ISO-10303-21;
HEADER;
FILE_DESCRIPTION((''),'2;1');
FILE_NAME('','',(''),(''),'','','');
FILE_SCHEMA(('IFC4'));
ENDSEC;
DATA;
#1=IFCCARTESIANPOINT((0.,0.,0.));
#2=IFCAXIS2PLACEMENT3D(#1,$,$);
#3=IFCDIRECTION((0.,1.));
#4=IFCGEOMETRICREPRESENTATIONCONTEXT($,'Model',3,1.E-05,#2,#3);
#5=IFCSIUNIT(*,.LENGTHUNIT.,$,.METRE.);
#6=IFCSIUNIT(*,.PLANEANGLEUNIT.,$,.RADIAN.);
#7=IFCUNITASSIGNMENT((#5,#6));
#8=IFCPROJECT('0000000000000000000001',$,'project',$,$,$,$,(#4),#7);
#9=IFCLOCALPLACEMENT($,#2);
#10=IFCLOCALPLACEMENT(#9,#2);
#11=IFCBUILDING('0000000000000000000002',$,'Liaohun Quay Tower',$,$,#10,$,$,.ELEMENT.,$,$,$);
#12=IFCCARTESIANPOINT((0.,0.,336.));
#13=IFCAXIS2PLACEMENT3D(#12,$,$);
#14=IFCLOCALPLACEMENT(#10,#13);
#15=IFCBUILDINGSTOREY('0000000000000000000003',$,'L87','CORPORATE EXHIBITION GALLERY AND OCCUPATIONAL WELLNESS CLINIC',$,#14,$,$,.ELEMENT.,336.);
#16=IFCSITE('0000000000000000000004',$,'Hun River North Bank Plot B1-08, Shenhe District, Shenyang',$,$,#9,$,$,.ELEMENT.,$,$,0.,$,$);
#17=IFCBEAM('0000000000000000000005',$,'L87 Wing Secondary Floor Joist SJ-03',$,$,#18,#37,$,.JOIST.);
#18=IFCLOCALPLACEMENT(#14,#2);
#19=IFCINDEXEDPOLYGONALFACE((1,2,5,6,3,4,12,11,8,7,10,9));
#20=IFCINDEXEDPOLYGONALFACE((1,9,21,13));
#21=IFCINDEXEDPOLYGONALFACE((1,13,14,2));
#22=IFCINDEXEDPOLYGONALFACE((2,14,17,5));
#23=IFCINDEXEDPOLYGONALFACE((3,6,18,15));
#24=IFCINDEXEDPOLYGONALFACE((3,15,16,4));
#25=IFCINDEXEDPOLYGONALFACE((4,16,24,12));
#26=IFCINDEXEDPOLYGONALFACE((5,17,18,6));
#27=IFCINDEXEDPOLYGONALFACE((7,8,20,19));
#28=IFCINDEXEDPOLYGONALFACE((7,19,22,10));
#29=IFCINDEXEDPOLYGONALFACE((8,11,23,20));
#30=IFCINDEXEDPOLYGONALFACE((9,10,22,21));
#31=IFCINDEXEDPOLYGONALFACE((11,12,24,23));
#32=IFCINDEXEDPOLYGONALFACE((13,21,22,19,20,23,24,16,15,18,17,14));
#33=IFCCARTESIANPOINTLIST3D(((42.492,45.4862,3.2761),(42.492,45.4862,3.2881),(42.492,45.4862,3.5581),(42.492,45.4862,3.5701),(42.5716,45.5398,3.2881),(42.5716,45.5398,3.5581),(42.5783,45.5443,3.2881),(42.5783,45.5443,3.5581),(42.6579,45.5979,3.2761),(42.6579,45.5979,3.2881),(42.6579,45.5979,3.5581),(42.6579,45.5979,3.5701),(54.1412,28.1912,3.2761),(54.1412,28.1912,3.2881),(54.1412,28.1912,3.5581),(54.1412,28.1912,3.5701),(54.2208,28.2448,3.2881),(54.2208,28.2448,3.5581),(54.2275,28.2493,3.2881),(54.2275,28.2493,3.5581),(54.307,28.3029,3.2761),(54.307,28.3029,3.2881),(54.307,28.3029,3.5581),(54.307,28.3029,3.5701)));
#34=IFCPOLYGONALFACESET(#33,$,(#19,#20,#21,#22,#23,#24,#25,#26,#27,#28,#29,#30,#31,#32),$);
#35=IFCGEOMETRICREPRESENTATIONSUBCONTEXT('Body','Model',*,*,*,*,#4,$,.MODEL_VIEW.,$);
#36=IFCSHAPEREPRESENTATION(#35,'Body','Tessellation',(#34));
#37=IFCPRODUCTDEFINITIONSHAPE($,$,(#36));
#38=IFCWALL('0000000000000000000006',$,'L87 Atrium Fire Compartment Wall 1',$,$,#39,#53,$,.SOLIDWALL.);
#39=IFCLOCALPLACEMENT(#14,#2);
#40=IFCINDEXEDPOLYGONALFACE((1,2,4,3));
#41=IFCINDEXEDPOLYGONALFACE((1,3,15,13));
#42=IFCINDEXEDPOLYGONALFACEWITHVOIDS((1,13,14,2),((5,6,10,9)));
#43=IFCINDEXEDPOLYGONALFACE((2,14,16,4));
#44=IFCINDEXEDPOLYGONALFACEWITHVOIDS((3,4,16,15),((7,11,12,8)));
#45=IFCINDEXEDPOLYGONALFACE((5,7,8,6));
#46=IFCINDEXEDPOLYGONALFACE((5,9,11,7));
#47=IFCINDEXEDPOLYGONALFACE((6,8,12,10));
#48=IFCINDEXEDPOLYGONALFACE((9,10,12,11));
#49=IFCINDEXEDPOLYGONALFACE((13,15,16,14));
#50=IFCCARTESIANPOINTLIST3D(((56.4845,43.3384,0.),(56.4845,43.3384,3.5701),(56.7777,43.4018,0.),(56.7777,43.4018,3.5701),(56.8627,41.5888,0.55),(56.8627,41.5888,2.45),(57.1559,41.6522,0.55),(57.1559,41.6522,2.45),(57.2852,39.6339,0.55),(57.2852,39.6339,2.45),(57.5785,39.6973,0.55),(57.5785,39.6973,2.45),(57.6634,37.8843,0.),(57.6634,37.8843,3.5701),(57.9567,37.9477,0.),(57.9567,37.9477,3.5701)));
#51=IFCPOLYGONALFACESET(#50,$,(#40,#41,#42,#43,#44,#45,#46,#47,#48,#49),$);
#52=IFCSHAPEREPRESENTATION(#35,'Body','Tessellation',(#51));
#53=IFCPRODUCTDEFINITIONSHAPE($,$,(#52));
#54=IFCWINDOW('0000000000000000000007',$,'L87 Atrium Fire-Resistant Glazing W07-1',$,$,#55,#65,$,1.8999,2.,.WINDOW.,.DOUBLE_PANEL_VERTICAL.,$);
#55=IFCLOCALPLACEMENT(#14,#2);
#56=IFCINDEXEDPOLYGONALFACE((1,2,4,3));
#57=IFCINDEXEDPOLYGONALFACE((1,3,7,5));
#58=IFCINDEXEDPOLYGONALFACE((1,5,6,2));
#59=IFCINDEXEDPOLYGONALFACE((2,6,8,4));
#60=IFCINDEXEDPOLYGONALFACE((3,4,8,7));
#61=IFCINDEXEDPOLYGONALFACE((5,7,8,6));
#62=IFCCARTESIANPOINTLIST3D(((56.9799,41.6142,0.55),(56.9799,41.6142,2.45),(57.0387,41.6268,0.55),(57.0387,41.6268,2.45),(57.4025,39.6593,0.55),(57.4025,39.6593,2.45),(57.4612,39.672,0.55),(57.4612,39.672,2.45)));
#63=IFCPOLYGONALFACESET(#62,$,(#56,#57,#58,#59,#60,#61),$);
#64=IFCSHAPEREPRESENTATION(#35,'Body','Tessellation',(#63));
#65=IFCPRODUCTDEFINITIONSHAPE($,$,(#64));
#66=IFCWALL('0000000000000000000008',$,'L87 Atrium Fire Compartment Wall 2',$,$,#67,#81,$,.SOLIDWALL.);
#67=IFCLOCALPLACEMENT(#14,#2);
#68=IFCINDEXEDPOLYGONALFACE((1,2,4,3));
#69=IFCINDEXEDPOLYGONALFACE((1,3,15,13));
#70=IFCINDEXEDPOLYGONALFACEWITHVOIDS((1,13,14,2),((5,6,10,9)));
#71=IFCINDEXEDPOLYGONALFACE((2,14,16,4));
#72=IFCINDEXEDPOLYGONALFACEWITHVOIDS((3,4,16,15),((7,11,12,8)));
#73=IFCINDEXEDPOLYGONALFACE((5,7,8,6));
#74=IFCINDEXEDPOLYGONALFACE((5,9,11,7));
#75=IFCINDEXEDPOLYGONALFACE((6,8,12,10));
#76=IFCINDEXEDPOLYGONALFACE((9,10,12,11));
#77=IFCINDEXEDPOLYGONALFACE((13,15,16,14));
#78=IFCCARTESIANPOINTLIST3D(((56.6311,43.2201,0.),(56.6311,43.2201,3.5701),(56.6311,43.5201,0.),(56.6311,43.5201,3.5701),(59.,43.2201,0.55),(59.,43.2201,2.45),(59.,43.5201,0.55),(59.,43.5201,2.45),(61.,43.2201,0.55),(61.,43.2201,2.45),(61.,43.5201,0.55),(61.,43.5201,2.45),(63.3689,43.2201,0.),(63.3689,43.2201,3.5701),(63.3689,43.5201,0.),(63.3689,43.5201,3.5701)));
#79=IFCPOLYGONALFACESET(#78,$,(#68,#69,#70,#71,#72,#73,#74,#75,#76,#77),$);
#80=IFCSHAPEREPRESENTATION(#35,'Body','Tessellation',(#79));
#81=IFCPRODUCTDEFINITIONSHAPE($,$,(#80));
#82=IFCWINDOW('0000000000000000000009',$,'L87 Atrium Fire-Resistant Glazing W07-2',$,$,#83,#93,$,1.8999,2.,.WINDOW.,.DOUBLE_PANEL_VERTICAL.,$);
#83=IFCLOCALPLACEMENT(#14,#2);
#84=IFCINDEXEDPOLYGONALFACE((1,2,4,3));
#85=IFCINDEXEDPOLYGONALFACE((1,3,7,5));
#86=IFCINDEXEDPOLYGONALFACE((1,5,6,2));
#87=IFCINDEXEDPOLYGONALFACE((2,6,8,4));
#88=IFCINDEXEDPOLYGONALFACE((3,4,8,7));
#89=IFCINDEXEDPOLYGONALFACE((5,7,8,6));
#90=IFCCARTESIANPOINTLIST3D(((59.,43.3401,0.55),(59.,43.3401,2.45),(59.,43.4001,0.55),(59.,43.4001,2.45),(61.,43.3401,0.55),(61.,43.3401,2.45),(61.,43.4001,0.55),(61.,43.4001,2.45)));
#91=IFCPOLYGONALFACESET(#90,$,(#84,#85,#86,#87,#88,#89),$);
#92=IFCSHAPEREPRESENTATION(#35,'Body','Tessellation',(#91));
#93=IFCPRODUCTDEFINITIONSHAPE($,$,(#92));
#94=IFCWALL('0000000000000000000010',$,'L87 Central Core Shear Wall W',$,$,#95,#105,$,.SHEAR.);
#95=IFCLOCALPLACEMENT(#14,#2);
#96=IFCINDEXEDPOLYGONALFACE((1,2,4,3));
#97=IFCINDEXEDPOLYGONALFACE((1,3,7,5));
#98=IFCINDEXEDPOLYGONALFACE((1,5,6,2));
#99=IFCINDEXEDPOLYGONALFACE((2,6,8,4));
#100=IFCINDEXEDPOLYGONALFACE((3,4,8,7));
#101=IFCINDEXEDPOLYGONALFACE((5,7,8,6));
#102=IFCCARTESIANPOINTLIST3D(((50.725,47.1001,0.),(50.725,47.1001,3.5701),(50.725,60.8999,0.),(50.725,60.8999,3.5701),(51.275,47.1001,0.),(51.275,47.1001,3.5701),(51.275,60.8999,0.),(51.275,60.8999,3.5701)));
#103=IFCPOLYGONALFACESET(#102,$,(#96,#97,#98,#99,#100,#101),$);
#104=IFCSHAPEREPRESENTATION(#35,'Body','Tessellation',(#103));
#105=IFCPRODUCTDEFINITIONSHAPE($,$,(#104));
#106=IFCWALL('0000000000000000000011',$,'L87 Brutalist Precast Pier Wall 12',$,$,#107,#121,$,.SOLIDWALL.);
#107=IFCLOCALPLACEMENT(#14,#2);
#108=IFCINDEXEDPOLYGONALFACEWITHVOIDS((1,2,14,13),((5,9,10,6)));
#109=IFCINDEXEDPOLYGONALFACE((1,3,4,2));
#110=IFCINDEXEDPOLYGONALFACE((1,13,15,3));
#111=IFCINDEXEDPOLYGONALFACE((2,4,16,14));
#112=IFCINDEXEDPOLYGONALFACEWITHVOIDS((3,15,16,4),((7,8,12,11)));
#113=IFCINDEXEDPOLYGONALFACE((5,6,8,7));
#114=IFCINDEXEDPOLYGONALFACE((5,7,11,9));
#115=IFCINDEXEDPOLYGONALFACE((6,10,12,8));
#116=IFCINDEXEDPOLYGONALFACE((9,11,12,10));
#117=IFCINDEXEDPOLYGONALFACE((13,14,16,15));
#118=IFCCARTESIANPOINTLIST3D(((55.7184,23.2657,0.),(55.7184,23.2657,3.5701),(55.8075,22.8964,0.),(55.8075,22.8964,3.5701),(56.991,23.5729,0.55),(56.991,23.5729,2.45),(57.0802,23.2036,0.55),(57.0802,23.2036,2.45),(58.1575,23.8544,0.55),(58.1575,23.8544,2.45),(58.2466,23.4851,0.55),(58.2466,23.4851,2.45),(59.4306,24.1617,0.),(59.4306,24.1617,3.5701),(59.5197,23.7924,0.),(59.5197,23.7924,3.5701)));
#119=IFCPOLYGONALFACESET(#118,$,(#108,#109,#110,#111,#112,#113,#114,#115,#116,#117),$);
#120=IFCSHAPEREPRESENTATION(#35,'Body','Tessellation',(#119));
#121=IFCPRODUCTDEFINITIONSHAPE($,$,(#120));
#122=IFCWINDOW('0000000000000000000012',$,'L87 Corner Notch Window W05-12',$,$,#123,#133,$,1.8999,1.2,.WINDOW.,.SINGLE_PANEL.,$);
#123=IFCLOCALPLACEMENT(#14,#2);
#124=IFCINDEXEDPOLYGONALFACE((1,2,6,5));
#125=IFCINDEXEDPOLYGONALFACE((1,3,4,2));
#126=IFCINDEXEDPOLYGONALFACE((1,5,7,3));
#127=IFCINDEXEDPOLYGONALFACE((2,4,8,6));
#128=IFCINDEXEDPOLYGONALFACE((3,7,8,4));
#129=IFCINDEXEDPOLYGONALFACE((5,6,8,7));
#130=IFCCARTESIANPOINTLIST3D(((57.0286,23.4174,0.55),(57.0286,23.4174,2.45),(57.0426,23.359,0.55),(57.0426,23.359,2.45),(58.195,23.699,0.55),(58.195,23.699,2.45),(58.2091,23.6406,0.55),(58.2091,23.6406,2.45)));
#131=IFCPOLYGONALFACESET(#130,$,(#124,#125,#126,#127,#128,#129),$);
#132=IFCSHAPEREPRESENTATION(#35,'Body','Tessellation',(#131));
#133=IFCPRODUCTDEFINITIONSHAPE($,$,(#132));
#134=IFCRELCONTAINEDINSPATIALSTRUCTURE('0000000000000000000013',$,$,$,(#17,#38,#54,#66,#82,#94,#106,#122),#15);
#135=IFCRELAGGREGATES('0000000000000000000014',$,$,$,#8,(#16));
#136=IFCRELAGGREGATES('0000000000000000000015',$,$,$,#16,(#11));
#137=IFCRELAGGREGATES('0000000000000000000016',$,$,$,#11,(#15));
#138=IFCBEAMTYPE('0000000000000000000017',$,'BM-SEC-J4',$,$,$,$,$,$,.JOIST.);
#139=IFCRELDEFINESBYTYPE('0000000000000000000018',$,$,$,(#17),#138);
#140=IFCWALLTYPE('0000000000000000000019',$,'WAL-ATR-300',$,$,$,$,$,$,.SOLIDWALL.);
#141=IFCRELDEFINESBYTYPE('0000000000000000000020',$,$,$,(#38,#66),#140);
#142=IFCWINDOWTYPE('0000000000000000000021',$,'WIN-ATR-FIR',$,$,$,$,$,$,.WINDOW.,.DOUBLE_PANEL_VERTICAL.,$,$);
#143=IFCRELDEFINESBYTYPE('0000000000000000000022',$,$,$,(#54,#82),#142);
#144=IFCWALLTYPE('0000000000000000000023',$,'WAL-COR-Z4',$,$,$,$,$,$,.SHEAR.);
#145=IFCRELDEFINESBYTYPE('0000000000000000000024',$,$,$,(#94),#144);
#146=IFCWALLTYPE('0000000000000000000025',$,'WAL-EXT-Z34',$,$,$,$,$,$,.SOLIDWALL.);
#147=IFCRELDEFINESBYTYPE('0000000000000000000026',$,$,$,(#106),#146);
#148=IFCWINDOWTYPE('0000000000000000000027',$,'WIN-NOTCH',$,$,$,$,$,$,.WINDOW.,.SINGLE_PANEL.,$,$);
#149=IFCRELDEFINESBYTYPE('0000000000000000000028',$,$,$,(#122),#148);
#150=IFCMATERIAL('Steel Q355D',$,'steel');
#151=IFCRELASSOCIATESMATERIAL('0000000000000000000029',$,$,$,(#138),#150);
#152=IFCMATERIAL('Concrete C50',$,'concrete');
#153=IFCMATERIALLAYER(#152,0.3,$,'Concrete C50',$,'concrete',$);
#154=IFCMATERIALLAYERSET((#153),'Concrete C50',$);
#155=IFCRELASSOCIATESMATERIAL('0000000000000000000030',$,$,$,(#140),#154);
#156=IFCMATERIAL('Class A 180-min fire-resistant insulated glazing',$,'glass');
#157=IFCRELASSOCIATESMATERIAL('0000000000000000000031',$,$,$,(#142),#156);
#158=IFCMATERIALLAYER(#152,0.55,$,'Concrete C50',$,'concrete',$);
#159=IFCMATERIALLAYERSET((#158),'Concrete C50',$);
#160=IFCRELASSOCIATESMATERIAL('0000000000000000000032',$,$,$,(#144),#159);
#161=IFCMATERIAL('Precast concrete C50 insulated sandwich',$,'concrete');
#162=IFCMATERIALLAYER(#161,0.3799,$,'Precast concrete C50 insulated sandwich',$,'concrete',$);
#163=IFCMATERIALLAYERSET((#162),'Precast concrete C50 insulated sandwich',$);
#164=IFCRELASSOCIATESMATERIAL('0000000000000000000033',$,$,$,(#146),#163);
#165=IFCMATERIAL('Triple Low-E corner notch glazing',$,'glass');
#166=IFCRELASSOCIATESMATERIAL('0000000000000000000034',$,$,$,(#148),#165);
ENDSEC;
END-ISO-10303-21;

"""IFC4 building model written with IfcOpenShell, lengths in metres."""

from ifc_helpers import new_model, si_unit, direction, frame, frame_2d, origin, origin_2d, place, context, subcontext, project, spatial, rectangle, i_section, extrude, source, transform, mapped, material, layer, layer_set, material_profile, profile_set, type_object, element, fill, save


model = new_model("IFC4")

# Units and contexts
model_context = context("Model", 3, precision=1e-05, world=origin(), true_north=direction((0.0, 1.0)))
body_context = subcontext(model_context, "Body", "Model", "MODEL_VIEW")
ifc_project = project(units=[si_unit("LENGTHUNIT", "METRE"), si_unit("PLANEANGLEUNIT", "RADIAN")], contexts=[model_context])

# Site, building, storey
site_placement = place(None, origin())
site = spatial("IfcSite", under=ifc_project, at=site_placement, Name="Hun River North Bank Plot B1-08, Shenhe District, Shenyang", CompositionType="ELEMENT", RefElevation=0.0)
building_placement = place(site_placement, origin())
building = spatial("IfcBuilding", under=site, at=building_placement, Name="Liaohun Quay Tower", CompositionType="ELEMENT")
storey_placement = place(building_placement, frame((0.0, 0.0, 336.0)))
storey = spatial("IfcBuildingStorey", under=building, at=storey_placement, Name="L87", Description="CORPORATE EXHIBITION GALLERY AND OCCUPATIONAL WELLNESS CLINIC", CompositionType="ELEMENT", Elevation=336.0)

# Shared definitions
ifc_material_1 = material(Name="Concrete C50", Category="concrete")

# Beam
ifc_material_2 = material(Name="Steel Q355D", Category="steel")
ifc_material_profile_1 = material_profile(ifc_material_2, i_section(OverallWidth=0.2, OverallDepth=0.2939, WebThickness=0.0081, FlangeThickness=0.012, at=origin_2d()), Name="HM294x200x8x12")
ifc_profile_set_1 = profile_set([ifc_material_profile_1], Name="Steel Q355D")
beam_type_1 = type_object("IfcBeamType", Name="BM-SEC-J4", PredefinedType="JOIST", material=ifc_profile_set_1)
shared_shape_1 = source(origin(), body_context, "Body", "SweptSolid", [
    extrude(i_section(OverallWidth=0.2, OverallDepth=0.2939, WebThickness=0.0081, FlangeThickness=0.012, at=origin_2d()), origin(), (0.0, 0.0, 1.0), 20.8523),
])
beam_1_placement = place(storey_placement, frame((54.2241, 28.2471, 3.4231), z_axis=(-0.558652, 0.829402, 0.0), x_axis=(-0.829402, -0.558652, 0.0)))
element("IfcBeam", 1, at=beam_1_placement, inside=storey, type_object=beam_type_1, Name="L87 Wing Secondary Floor Joist SJ-03", PredefinedType="JOIST", context=body_context, shape_type="MappedRepresentation", body=[
    mapped(shared_shape_1, transform((0.0, 0.0, 0.0), x_axis=(1.0, 0.0, 0.0), y_axis=(0.0, 1.0, 0.0), z_axis=(0.0, 0.0, 1.0), scale=1.0)),
])

# Walls, openings, windows
ifc_layer_1 = layer(ifc_material_1, 0.3, Name="Concrete C50", Category="concrete")
ifc_layer_set_1 = layer_set([ifc_layer_1], Name="Concrete C50")
wall_type_1 = type_object("IfcWallType", Name="WAL-ATR-300", PredefinedType="SOLIDWALL", material=ifc_layer_set_1)
wall_1_placement = place(storey_placement, frame((57.8101, 37.916, 0.0), z_axis=(0.0, 0.0, 1.0), x_axis=(-0.21128, 0.977426, 0.0)))
wall_1 = element("IfcWall", 2, at=wall_1_placement, inside=storey, type_object=wall_type_1, Name="L87 Atrium Fire Compartment Wall 1", PredefinedType="SOLIDWALL", context=body_context, shape_type="SweptSolid", body=[
    extrude(rectangle(XDim=5.5801, YDim=0.3, at=frame_2d((2.79, 0.0))), origin(), (0.0, 0.0, 1.0), 3.5701),
])
shared_shape_2 = source(origin(), body_context, "Body", "SweptSolid", [
    extrude(rectangle(XDim=2.0, YDim=1.8999, at=frame_2d((1.0, 0.95))), frame((0.0, 0.1599, 0.0), z_axis=(0.0, -1.0, 0.0), x_axis=(1.0, 0.0, 0.0)), (0.0, 0.0, 1.0), 0.3201),
])
opening_1_placement = place(wall_1_placement, frame((1.79, 0.0, 0.55)))
opening_1 = element("IfcOpeningElement", 3, at=opening_1_placement, cuts=wall_1, PredefinedType="OPENING", context=body_context, shape_type="MappedRepresentation", body=[
    mapped(shared_shape_2, transform((0.0, 0.0, 0.0), x_axis=(1.0, 0.0, 0.0), y_axis=(0.0, 1.0, 0.0), z_axis=(0.0, 0.0, 1.0), scale=1.0)),
])
ifc_material_3 = material(Name="Class A 180-min fire-resistant insulated glazing", Category="glass")
window_type_1 = type_object("IfcWindowType", Name="WIN-ATR-FIR", PartitioningType="DOUBLE_PANEL_VERTICAL", PredefinedType="WINDOW", material=ifc_material_3)
shared_shape_3 = source(origin(), body_context, "Body", "SweptSolid", [
    extrude(rectangle(XDim=2.0, YDim=1.8999, at=frame_2d((1.0, 0.95))), frame((0.0, 0.03, 0.0), z_axis=(0.0, -1.0, 0.0), x_axis=(1.0, 0.0, 0.0)), (0.0, 0.0, 1.0), 0.0601),
])
window_1_placement = place(opening_1_placement, origin())
window_1 = element("IfcWindow", 4, at=window_1_placement, inside=storey, type_object=window_type_1, Name="L87 Atrium Fire-Resistant Glazing W07-1", OverallHeight=1.8999, OverallWidth=2.0, PartitioningType="DOUBLE_PANEL_VERTICAL", PredefinedType="WINDOW", context=body_context, shape_type="MappedRepresentation", body=[
    mapped(shared_shape_3, transform((0.0, 0.0, 0.0), x_axis=(1.0, 0.0, 0.0), y_axis=(0.0, 1.0, 0.0), z_axis=(0.0, 0.0, 1.0), scale=1.0)),
])
fill(opening_1, window_1)
wall_2_placement = place(storey_placement, frame((56.6311, 43.3701, 0.0), z_axis=(0.0, 0.0, 1.0), x_axis=(1.0, 0.0, 0.0)))
wall_2 = element("IfcWall", 5, at=wall_2_placement, inside=storey, type_object=wall_type_1, Name="L87 Atrium Fire Compartment Wall 2", PredefinedType="SOLIDWALL", context=body_context, shape_type="SweptSolid", body=[
    extrude(rectangle(XDim=6.7378, YDim=0.3, at=frame_2d((3.3689, 0.0))), origin(), (0.0, 0.0, 1.0), 3.5701),
])
opening_2_placement = place(wall_2_placement, frame((2.3689, 0.0, 0.55)))
opening_2 = element("IfcOpeningElement", 6, at=opening_2_placement, cuts=wall_2, PredefinedType="OPENING", context=body_context, shape_type="MappedRepresentation", body=[
    mapped(shared_shape_2, transform((0.0, 0.0, 0.0), x_axis=(1.0, 0.0, 0.0), y_axis=(0.0, 1.0, 0.0), z_axis=(0.0, 0.0, 1.0), scale=1.0)),
])
window_2_placement = place(opening_2_placement, origin())
window_2 = element("IfcWindow", 7, at=window_2_placement, inside=storey, type_object=window_type_1, Name="L87 Atrium Fire-Resistant Glazing W07-2", OverallHeight=1.8999, OverallWidth=2.0, PartitioningType="DOUBLE_PANEL_VERTICAL", PredefinedType="WINDOW", context=body_context, shape_type="MappedRepresentation", body=[
    mapped(shared_shape_3, transform((0.0, 0.0, 0.0), x_axis=(1.0, 0.0, 0.0), y_axis=(0.0, 1.0, 0.0), z_axis=(0.0, 0.0, 1.0), scale=1.0)),
])
fill(opening_2, window_2)

# Wall
ifc_layer_2 = layer(ifc_material_1, 0.55, Name="Concrete C50", Category="concrete")
ifc_layer_set_2 = layer_set([ifc_layer_2], Name="Concrete C50")
wall_type_2 = type_object("IfcWallType", Name="WAL-COR-Z4", PredefinedType="SHEAR", material=ifc_layer_set_2)
wall_3_placement = place(storey_placement, frame((51.0, 47.1001, 0.0), z_axis=(0.0, 0.0, 1.0), x_axis=(0.0, 1.0, 0.0)))
element("IfcWall", 8, at=wall_3_placement, inside=storey, type_object=wall_type_2, Name="L87 Central Core Shear Wall W", PredefinedType="SHEAR", context=body_context, shape_type="SweptSolid", body=[
    extrude(rectangle(XDim=13.7998, YDim=0.55, at=frame_2d((6.8999, 0.0))), origin(), (0.0, 0.0, 1.0), 3.5701),
])

# Wall, opening, window
ifc_material_4 = material(Name="Precast concrete C50 insulated sandwich", Category="concrete")
ifc_layer_3 = layer(ifc_material_4, 0.3799, Name="Precast concrete C50 insulated sandwich", Category="concrete")
ifc_layer_set_3 = layer_set([ifc_layer_3], Name="Precast concrete C50 insulated sandwich")
wall_type_3 = type_object("IfcWallType", Name="WAL-EXT-Z34", PredefinedType="SOLIDWALL", material=ifc_layer_set_3)
wall_4_placement = place(storey_placement, frame((55.7629, 23.0811, 0.0), z_axis=(0.0, 0.0, 1.0), x_axis=(0.972085, 0.23463, 0.0)))
wall_4 = element("IfcWall", 9, at=wall_4_placement, inside=storey, type_object=wall_type_3, Name="L87 Brutalist Precast Pier Wall 12", PredefinedType="SOLIDWALL", context=body_context, shape_type="SweptSolid", body=[
    extrude(rectangle(XDim=3.8188, YDim=0.3799, at=frame_2d((1.9094, 0.0))), origin(), (0.0, 0.0, 1.0), 3.5701),
])
shared_shape_4 = source(origin(), body_context, "Body", "SweptSolid", [
    extrude(rectangle(XDim=1.2, YDim=1.8999, at=frame_2d((0.6001, 0.95))), frame((0.0, 0.2, 0.0), z_axis=(0.0, -1.0, 0.0), x_axis=(1.0, 0.0, 0.0)), (0.0, 0.0, 1.0), 0.3999),
])
opening_3_placement = place(wall_4_placement, frame((1.3091, 0.0, 0.55)))
opening_3 = element("IfcOpeningElement", 10, at=opening_3_placement, cuts=wall_4, PredefinedType="OPENING", context=body_context, shape_type="MappedRepresentation", body=[
    mapped(shared_shape_4, transform((0.0, 0.0, 0.0), x_axis=(1.0, 0.0, 0.0), y_axis=(0.0, 1.0, 0.0), z_axis=(0.0, 0.0, 1.0), scale=1.0)),
])
ifc_material_5 = material(Name="Triple Low-E corner notch glazing", Category="glass")
window_type_2 = type_object("IfcWindowType", Name="WIN-NOTCH", PartitioningType="SINGLE_PANEL", PredefinedType="WINDOW", material=ifc_material_5)
shared_shape_5 = source(origin(), body_context, "Body", "SweptSolid", [
    extrude(rectangle(XDim=1.2, YDim=1.8999, at=frame_2d((0.6001, 0.95))), frame((0.0, 0.03, 0.0), z_axis=(0.0, -1.0, 0.0), x_axis=(1.0, 0.0, 0.0)), (0.0, 0.0, 1.0), 0.0601),
])
window_3_placement = place(opening_3_placement, origin())
window_3 = element("IfcWindow", 11, at=window_3_placement, inside=storey, type_object=window_type_2, Name="L87 Corner Notch Window W05-12", OverallHeight=1.8999, OverallWidth=1.2, PartitioningType="SINGLE_PANEL", PredefinedType="WINDOW", context=body_context, shape_type="MappedRepresentation", body=[
    mapped(shared_shape_5, transform((0.0, 0.0, 0.0), x_axis=(1.0, 0.0, 0.0), y_axis=(0.0, 1.0, 0.0), z_axis=(0.0, 0.0, 1.0), scale=1.0)),
])
fill(opening_3, window_3)

save(model, "model.ifc")
